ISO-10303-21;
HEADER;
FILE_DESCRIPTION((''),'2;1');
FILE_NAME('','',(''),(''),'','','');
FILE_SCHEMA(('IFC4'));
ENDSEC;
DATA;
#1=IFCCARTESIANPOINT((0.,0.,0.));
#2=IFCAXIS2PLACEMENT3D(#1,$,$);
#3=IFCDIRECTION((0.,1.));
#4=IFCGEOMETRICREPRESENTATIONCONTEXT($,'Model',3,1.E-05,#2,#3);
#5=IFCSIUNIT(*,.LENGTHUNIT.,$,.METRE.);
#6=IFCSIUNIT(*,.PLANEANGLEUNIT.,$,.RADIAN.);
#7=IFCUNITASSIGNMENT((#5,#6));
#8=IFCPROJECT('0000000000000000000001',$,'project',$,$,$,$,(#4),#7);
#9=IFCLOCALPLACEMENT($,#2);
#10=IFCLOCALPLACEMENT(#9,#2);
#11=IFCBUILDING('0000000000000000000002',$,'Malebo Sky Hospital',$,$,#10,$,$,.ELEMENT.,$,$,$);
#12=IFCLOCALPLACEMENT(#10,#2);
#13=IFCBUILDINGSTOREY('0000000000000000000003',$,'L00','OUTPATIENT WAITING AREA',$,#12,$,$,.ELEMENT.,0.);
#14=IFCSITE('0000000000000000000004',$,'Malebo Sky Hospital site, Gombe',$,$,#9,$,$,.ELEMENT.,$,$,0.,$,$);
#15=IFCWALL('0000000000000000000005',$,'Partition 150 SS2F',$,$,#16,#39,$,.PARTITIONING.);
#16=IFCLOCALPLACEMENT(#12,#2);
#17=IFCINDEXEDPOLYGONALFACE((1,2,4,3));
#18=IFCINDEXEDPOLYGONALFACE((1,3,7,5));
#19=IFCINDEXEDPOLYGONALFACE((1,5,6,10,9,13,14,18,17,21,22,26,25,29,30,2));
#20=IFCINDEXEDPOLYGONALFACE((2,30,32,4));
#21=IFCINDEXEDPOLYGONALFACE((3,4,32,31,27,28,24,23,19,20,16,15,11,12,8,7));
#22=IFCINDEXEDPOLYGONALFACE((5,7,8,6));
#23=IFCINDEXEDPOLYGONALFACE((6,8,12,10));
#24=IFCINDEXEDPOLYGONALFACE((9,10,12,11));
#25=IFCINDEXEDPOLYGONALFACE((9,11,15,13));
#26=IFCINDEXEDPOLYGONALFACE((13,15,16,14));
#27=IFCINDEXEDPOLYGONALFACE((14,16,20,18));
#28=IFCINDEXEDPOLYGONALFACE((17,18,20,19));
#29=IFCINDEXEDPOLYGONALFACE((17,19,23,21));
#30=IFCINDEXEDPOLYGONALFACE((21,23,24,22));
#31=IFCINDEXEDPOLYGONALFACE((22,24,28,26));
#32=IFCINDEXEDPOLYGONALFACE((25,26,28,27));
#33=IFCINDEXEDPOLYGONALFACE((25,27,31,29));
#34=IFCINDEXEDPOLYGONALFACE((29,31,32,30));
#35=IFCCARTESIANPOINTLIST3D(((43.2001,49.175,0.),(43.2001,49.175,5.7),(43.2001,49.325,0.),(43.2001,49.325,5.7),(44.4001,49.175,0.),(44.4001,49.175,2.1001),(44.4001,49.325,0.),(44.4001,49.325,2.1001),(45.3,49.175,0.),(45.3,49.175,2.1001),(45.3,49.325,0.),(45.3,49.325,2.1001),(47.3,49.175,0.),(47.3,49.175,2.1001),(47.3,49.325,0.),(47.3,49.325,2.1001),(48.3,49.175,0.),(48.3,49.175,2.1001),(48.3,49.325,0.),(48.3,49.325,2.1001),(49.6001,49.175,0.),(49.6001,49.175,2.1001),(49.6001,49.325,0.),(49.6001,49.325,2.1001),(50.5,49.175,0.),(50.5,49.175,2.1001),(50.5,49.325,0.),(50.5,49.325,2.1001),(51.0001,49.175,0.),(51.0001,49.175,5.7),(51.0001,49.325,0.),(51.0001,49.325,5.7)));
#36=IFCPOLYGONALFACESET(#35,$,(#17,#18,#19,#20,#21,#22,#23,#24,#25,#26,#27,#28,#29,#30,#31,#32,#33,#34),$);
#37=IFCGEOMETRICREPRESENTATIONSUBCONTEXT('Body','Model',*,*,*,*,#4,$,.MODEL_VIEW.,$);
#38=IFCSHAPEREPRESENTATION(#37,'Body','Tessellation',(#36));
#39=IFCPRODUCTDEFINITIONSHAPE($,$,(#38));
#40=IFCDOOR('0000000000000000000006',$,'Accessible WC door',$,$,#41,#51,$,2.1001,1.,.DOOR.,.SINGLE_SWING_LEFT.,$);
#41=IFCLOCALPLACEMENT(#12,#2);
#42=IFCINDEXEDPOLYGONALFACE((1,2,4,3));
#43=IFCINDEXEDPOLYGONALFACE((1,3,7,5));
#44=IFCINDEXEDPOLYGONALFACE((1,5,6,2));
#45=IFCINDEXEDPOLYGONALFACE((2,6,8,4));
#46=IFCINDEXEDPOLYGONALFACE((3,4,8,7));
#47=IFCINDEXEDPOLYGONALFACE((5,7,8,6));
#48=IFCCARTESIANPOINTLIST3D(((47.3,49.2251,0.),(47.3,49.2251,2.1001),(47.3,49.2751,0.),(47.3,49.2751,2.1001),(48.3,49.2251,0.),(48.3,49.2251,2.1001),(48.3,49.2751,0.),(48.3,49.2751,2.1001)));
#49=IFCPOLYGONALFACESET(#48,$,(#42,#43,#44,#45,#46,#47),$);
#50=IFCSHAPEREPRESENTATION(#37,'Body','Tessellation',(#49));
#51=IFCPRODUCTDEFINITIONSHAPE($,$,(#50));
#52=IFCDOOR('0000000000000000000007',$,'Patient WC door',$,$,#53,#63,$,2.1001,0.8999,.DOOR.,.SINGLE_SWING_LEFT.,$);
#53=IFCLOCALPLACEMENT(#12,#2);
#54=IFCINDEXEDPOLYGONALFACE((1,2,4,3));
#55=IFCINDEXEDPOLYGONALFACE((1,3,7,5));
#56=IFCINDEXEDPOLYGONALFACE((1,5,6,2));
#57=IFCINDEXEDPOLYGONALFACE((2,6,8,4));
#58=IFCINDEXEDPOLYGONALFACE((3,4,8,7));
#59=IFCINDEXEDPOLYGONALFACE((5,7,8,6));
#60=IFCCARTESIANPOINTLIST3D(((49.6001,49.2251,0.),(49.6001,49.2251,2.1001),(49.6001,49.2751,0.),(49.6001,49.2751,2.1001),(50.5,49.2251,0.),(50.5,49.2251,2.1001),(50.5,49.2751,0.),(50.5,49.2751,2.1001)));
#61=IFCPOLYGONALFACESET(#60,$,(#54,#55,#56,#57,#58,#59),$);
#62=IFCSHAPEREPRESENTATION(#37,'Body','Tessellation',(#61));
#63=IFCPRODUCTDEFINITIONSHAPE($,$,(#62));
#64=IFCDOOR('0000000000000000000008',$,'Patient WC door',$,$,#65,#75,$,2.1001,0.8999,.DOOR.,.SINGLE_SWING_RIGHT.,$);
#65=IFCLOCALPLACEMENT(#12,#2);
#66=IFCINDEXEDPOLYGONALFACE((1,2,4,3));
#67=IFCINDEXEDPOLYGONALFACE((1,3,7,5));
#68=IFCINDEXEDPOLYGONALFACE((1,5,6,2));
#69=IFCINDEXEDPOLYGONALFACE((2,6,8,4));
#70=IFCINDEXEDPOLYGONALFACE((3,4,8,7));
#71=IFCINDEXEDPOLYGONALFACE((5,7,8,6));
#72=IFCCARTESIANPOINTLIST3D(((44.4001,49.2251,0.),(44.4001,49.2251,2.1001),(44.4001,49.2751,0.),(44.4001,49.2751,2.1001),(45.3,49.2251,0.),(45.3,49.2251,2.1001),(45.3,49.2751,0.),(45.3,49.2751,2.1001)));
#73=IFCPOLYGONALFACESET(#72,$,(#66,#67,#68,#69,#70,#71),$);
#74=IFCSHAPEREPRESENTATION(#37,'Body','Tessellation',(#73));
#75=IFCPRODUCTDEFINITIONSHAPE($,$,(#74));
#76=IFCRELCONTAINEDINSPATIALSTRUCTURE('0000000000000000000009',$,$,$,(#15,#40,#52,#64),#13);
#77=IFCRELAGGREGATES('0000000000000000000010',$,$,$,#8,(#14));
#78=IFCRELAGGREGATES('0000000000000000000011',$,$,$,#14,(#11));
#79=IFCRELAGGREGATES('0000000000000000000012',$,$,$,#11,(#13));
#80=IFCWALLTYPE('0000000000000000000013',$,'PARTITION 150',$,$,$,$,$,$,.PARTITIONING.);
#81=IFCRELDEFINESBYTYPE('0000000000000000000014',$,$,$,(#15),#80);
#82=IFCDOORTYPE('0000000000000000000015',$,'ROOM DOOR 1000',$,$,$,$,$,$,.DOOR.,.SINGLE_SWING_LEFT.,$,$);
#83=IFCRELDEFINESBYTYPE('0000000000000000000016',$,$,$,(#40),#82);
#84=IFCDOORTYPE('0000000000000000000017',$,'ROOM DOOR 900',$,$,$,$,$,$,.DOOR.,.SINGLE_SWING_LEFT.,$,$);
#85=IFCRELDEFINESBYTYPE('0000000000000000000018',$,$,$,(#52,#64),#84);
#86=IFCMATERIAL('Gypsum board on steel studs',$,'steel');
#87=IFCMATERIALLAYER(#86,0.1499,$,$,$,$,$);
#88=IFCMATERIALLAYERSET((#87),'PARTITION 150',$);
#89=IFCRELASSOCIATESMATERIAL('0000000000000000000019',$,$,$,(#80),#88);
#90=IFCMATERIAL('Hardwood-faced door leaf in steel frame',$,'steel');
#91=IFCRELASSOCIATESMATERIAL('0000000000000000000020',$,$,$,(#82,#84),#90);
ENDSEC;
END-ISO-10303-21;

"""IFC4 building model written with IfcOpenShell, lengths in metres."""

from ifc_helpers import new_model, si_unit, direction, frame, frame_2d, origin, place, context, subcontext, project, spatial, rectangle, extrude, material, layer, layer_set, type_object, element, fill, save


model = new_model("IFC4")

# Units and contexts
model_context = context("Model", 3, precision=1e-05, world=origin(), true_north=direction((0.0, 1.0)))
body_context = subcontext(model_context, "Body", "Model", "MODEL_VIEW")
ifc_project = project(units=[si_unit("LENGTHUNIT", "METRE"), si_unit("PLANEANGLEUNIT", "RADIAN")], contexts=[model_context])

# Site, building, storey
site_placement = place(None, origin())
site = spatial("IfcSite", under=ifc_project, at=site_placement, Name="Malebo Sky Hospital site, Gombe", CompositionType="ELEMENT", RefElevation=0.0)
building_placement = place(site_placement, origin())
building = spatial("IfcBuilding", under=site, at=building_placement, Name="Malebo Sky Hospital", CompositionType="ELEMENT")
storey_placement = place(building_placement, origin())
storey = spatial("IfcBuildingStorey", under=building, at=storey_placement, Name="L00", Description="OUTPATIENT WAITING AREA", CompositionType="ELEMENT", Elevation=0.0)

# Shared definitions
ifc_material_1 = material(Name="Gypsum board on steel studs", Category="steel")
ifc_layer_1 = layer(ifc_material_1, 0.1499)
ifc_layer_set_1 = layer_set([ifc_layer_1], Name="PARTITION 150")
wall_type_1 = type_object("IfcWallType", Name="PARTITION 150", PredefinedType="PARTITIONING", material=ifc_layer_set_1)

# Wall, openings, doors
wall_1_placement = place(storey_placement, frame((51.0, 49.25, 0.0), z_axis=(0.0, 0.0, 1.0), x_axis=(-1.0, 0.0, 0.0)))
wall_1 = element("IfcWall", 1, at=wall_1_placement, inside=storey, type_object=wall_type_1, Name="Partition 150 SS2F", PredefinedType="PARTITIONING", context=body_context, shape_type="SweptSolid", body=[
    extrude(rectangle(XDim=7.8, YDim=0.1499, at=frame_2d((3.8999, 0.0))), origin(), (0.0, 0.0, 1.0), 5.7),
])
opening_1_placement = place(wall_1_placement, frame((0.5, 0.0, 0.0)))
opening_1 = element("IfcOpeningElement", 2, at=opening_1_placement, cuts=wall_1, PredefinedType="OPENING", context=body_context, shape_type="SweptSolid", body=[
    extrude(rectangle(XDim=0.8999, YDim=2.1001, at=frame_2d((0.45, 1.05))), frame((0.0, 0.085, 0.0), z_axis=(0.0, -1.0, 0.0), x_axis=(1.0, 0.0, 0.0)), (0.0, 0.0, 1.0), 0.1699),
])
opening_2_placement = place(wall_1_placement, frame((2.7, 0.0, 0.0)))
opening_2 = element("IfcOpeningElement", 3, at=opening_2_placement, cuts=wall_1, PredefinedType="OPENING", context=body_context, shape_type="SweptSolid", body=[
    extrude(rectangle(XDim=1.0, YDim=2.1001, at=frame_2d((0.5, 1.05))), frame((0.0, 0.085, 0.0), z_axis=(0.0, -1.0, 0.0), x_axis=(1.0, 0.0, 0.0)), (0.0, 0.0, 1.0), 0.1699),
])
opening_3_placement = place(wall_1_placement, frame((5.7, 0.0, 0.0)))
opening_3 = element("IfcOpeningElement", 4, at=opening_3_placement, cuts=wall_1, PredefinedType="OPENING", context=body_context, shape_type="SweptSolid", body=[
    extrude(rectangle(XDim=0.8999, YDim=2.1001, at=frame_2d((0.45, 1.05))), frame((0.0, 0.085, 0.0), z_axis=(0.0, -1.0, 0.0), x_axis=(1.0, 0.0, 0.0)), (0.0, 0.0, 1.0), 0.1699),
])
ifc_material_2 = material(Name="Hardwood-faced door leaf in steel frame", Category="steel")
door_type_1 = type_object("IfcDoorType", Name="ROOM DOOR 1000", OperationType="SINGLE_SWING_LEFT", PredefinedType="DOOR", material=ifc_material_2)
door_1_placement = place(opening_2_placement, origin())
door_1 = element("IfcDoor", 5, at=door_1_placement, inside=storey, type_object=door_type_1, Name="Accessible WC door", OperationType="SINGLE_SWING_LEFT", OverallHeight=2.1001, OverallWidth=1.0, PredefinedType="DOOR", context=body_context, shape_type="SweptSolid", body=[
    extrude(rectangle(XDim=1.0, YDim=2.1001, at=frame_2d((0.5, 1.05))), frame((0.0, 0.0249, 0.0), z_axis=(0.0, -1.0, 0.0), x_axis=(1.0, 0.0, 0.0)), (0.0, 0.0, 1.0), 0.05),
])
fill(opening_2, door_1)
door_type_2 = type_object("IfcDoorType", Name="ROOM DOOR 900", OperationType="SINGLE_SWING_LEFT", PredefinedType="DOOR", material=ifc_material_2)
door_2_placement = place(opening_1_placement, origin())
door_2 = element("IfcDoor", 6, at=door_2_placement, inside=storey, type_object=door_type_2, Name="Patient WC door", OperationType="SINGLE_SWING_LEFT", OverallHeight=2.1001, OverallWidth=0.8999, PredefinedType="DOOR", context=body_context, shape_type="SweptSolid", body=[
    extrude(rectangle(XDim=0.8999, YDim=2.1001, at=frame_2d((0.45, 1.05))), frame((0.0, 0.0249, 0.0), z_axis=(0.0, -1.0, 0.0), x_axis=(1.0, 0.0, 0.0)), (0.0, 0.0, 1.0), 0.05),
])
fill(opening_1, door_2)
door_3_placement = place(opening_3_placement, origin())
door_3 = element("IfcDoor", 7, at=door_3_placement, inside=storey, type_object=door_type_2, Name="Patient WC door", OperationType="SINGLE_SWING_RIGHT", OverallHeight=2.1001, OverallWidth=0.8999, PredefinedType="DOOR", context=body_context, shape_type="SweptSolid", body=[
    extrude(rectangle(XDim=0.8999, YDim=2.1001, at=frame_2d((0.45, 1.05))), frame((0.0, 0.0249, 0.0), z_axis=(0.0, -1.0, 0.0), x_axis=(1.0, 0.0, 0.0)), (0.0, 0.0, 1.0), 0.05),
])
fill(opening_3, door_3)

save(model, "model.ifc")
